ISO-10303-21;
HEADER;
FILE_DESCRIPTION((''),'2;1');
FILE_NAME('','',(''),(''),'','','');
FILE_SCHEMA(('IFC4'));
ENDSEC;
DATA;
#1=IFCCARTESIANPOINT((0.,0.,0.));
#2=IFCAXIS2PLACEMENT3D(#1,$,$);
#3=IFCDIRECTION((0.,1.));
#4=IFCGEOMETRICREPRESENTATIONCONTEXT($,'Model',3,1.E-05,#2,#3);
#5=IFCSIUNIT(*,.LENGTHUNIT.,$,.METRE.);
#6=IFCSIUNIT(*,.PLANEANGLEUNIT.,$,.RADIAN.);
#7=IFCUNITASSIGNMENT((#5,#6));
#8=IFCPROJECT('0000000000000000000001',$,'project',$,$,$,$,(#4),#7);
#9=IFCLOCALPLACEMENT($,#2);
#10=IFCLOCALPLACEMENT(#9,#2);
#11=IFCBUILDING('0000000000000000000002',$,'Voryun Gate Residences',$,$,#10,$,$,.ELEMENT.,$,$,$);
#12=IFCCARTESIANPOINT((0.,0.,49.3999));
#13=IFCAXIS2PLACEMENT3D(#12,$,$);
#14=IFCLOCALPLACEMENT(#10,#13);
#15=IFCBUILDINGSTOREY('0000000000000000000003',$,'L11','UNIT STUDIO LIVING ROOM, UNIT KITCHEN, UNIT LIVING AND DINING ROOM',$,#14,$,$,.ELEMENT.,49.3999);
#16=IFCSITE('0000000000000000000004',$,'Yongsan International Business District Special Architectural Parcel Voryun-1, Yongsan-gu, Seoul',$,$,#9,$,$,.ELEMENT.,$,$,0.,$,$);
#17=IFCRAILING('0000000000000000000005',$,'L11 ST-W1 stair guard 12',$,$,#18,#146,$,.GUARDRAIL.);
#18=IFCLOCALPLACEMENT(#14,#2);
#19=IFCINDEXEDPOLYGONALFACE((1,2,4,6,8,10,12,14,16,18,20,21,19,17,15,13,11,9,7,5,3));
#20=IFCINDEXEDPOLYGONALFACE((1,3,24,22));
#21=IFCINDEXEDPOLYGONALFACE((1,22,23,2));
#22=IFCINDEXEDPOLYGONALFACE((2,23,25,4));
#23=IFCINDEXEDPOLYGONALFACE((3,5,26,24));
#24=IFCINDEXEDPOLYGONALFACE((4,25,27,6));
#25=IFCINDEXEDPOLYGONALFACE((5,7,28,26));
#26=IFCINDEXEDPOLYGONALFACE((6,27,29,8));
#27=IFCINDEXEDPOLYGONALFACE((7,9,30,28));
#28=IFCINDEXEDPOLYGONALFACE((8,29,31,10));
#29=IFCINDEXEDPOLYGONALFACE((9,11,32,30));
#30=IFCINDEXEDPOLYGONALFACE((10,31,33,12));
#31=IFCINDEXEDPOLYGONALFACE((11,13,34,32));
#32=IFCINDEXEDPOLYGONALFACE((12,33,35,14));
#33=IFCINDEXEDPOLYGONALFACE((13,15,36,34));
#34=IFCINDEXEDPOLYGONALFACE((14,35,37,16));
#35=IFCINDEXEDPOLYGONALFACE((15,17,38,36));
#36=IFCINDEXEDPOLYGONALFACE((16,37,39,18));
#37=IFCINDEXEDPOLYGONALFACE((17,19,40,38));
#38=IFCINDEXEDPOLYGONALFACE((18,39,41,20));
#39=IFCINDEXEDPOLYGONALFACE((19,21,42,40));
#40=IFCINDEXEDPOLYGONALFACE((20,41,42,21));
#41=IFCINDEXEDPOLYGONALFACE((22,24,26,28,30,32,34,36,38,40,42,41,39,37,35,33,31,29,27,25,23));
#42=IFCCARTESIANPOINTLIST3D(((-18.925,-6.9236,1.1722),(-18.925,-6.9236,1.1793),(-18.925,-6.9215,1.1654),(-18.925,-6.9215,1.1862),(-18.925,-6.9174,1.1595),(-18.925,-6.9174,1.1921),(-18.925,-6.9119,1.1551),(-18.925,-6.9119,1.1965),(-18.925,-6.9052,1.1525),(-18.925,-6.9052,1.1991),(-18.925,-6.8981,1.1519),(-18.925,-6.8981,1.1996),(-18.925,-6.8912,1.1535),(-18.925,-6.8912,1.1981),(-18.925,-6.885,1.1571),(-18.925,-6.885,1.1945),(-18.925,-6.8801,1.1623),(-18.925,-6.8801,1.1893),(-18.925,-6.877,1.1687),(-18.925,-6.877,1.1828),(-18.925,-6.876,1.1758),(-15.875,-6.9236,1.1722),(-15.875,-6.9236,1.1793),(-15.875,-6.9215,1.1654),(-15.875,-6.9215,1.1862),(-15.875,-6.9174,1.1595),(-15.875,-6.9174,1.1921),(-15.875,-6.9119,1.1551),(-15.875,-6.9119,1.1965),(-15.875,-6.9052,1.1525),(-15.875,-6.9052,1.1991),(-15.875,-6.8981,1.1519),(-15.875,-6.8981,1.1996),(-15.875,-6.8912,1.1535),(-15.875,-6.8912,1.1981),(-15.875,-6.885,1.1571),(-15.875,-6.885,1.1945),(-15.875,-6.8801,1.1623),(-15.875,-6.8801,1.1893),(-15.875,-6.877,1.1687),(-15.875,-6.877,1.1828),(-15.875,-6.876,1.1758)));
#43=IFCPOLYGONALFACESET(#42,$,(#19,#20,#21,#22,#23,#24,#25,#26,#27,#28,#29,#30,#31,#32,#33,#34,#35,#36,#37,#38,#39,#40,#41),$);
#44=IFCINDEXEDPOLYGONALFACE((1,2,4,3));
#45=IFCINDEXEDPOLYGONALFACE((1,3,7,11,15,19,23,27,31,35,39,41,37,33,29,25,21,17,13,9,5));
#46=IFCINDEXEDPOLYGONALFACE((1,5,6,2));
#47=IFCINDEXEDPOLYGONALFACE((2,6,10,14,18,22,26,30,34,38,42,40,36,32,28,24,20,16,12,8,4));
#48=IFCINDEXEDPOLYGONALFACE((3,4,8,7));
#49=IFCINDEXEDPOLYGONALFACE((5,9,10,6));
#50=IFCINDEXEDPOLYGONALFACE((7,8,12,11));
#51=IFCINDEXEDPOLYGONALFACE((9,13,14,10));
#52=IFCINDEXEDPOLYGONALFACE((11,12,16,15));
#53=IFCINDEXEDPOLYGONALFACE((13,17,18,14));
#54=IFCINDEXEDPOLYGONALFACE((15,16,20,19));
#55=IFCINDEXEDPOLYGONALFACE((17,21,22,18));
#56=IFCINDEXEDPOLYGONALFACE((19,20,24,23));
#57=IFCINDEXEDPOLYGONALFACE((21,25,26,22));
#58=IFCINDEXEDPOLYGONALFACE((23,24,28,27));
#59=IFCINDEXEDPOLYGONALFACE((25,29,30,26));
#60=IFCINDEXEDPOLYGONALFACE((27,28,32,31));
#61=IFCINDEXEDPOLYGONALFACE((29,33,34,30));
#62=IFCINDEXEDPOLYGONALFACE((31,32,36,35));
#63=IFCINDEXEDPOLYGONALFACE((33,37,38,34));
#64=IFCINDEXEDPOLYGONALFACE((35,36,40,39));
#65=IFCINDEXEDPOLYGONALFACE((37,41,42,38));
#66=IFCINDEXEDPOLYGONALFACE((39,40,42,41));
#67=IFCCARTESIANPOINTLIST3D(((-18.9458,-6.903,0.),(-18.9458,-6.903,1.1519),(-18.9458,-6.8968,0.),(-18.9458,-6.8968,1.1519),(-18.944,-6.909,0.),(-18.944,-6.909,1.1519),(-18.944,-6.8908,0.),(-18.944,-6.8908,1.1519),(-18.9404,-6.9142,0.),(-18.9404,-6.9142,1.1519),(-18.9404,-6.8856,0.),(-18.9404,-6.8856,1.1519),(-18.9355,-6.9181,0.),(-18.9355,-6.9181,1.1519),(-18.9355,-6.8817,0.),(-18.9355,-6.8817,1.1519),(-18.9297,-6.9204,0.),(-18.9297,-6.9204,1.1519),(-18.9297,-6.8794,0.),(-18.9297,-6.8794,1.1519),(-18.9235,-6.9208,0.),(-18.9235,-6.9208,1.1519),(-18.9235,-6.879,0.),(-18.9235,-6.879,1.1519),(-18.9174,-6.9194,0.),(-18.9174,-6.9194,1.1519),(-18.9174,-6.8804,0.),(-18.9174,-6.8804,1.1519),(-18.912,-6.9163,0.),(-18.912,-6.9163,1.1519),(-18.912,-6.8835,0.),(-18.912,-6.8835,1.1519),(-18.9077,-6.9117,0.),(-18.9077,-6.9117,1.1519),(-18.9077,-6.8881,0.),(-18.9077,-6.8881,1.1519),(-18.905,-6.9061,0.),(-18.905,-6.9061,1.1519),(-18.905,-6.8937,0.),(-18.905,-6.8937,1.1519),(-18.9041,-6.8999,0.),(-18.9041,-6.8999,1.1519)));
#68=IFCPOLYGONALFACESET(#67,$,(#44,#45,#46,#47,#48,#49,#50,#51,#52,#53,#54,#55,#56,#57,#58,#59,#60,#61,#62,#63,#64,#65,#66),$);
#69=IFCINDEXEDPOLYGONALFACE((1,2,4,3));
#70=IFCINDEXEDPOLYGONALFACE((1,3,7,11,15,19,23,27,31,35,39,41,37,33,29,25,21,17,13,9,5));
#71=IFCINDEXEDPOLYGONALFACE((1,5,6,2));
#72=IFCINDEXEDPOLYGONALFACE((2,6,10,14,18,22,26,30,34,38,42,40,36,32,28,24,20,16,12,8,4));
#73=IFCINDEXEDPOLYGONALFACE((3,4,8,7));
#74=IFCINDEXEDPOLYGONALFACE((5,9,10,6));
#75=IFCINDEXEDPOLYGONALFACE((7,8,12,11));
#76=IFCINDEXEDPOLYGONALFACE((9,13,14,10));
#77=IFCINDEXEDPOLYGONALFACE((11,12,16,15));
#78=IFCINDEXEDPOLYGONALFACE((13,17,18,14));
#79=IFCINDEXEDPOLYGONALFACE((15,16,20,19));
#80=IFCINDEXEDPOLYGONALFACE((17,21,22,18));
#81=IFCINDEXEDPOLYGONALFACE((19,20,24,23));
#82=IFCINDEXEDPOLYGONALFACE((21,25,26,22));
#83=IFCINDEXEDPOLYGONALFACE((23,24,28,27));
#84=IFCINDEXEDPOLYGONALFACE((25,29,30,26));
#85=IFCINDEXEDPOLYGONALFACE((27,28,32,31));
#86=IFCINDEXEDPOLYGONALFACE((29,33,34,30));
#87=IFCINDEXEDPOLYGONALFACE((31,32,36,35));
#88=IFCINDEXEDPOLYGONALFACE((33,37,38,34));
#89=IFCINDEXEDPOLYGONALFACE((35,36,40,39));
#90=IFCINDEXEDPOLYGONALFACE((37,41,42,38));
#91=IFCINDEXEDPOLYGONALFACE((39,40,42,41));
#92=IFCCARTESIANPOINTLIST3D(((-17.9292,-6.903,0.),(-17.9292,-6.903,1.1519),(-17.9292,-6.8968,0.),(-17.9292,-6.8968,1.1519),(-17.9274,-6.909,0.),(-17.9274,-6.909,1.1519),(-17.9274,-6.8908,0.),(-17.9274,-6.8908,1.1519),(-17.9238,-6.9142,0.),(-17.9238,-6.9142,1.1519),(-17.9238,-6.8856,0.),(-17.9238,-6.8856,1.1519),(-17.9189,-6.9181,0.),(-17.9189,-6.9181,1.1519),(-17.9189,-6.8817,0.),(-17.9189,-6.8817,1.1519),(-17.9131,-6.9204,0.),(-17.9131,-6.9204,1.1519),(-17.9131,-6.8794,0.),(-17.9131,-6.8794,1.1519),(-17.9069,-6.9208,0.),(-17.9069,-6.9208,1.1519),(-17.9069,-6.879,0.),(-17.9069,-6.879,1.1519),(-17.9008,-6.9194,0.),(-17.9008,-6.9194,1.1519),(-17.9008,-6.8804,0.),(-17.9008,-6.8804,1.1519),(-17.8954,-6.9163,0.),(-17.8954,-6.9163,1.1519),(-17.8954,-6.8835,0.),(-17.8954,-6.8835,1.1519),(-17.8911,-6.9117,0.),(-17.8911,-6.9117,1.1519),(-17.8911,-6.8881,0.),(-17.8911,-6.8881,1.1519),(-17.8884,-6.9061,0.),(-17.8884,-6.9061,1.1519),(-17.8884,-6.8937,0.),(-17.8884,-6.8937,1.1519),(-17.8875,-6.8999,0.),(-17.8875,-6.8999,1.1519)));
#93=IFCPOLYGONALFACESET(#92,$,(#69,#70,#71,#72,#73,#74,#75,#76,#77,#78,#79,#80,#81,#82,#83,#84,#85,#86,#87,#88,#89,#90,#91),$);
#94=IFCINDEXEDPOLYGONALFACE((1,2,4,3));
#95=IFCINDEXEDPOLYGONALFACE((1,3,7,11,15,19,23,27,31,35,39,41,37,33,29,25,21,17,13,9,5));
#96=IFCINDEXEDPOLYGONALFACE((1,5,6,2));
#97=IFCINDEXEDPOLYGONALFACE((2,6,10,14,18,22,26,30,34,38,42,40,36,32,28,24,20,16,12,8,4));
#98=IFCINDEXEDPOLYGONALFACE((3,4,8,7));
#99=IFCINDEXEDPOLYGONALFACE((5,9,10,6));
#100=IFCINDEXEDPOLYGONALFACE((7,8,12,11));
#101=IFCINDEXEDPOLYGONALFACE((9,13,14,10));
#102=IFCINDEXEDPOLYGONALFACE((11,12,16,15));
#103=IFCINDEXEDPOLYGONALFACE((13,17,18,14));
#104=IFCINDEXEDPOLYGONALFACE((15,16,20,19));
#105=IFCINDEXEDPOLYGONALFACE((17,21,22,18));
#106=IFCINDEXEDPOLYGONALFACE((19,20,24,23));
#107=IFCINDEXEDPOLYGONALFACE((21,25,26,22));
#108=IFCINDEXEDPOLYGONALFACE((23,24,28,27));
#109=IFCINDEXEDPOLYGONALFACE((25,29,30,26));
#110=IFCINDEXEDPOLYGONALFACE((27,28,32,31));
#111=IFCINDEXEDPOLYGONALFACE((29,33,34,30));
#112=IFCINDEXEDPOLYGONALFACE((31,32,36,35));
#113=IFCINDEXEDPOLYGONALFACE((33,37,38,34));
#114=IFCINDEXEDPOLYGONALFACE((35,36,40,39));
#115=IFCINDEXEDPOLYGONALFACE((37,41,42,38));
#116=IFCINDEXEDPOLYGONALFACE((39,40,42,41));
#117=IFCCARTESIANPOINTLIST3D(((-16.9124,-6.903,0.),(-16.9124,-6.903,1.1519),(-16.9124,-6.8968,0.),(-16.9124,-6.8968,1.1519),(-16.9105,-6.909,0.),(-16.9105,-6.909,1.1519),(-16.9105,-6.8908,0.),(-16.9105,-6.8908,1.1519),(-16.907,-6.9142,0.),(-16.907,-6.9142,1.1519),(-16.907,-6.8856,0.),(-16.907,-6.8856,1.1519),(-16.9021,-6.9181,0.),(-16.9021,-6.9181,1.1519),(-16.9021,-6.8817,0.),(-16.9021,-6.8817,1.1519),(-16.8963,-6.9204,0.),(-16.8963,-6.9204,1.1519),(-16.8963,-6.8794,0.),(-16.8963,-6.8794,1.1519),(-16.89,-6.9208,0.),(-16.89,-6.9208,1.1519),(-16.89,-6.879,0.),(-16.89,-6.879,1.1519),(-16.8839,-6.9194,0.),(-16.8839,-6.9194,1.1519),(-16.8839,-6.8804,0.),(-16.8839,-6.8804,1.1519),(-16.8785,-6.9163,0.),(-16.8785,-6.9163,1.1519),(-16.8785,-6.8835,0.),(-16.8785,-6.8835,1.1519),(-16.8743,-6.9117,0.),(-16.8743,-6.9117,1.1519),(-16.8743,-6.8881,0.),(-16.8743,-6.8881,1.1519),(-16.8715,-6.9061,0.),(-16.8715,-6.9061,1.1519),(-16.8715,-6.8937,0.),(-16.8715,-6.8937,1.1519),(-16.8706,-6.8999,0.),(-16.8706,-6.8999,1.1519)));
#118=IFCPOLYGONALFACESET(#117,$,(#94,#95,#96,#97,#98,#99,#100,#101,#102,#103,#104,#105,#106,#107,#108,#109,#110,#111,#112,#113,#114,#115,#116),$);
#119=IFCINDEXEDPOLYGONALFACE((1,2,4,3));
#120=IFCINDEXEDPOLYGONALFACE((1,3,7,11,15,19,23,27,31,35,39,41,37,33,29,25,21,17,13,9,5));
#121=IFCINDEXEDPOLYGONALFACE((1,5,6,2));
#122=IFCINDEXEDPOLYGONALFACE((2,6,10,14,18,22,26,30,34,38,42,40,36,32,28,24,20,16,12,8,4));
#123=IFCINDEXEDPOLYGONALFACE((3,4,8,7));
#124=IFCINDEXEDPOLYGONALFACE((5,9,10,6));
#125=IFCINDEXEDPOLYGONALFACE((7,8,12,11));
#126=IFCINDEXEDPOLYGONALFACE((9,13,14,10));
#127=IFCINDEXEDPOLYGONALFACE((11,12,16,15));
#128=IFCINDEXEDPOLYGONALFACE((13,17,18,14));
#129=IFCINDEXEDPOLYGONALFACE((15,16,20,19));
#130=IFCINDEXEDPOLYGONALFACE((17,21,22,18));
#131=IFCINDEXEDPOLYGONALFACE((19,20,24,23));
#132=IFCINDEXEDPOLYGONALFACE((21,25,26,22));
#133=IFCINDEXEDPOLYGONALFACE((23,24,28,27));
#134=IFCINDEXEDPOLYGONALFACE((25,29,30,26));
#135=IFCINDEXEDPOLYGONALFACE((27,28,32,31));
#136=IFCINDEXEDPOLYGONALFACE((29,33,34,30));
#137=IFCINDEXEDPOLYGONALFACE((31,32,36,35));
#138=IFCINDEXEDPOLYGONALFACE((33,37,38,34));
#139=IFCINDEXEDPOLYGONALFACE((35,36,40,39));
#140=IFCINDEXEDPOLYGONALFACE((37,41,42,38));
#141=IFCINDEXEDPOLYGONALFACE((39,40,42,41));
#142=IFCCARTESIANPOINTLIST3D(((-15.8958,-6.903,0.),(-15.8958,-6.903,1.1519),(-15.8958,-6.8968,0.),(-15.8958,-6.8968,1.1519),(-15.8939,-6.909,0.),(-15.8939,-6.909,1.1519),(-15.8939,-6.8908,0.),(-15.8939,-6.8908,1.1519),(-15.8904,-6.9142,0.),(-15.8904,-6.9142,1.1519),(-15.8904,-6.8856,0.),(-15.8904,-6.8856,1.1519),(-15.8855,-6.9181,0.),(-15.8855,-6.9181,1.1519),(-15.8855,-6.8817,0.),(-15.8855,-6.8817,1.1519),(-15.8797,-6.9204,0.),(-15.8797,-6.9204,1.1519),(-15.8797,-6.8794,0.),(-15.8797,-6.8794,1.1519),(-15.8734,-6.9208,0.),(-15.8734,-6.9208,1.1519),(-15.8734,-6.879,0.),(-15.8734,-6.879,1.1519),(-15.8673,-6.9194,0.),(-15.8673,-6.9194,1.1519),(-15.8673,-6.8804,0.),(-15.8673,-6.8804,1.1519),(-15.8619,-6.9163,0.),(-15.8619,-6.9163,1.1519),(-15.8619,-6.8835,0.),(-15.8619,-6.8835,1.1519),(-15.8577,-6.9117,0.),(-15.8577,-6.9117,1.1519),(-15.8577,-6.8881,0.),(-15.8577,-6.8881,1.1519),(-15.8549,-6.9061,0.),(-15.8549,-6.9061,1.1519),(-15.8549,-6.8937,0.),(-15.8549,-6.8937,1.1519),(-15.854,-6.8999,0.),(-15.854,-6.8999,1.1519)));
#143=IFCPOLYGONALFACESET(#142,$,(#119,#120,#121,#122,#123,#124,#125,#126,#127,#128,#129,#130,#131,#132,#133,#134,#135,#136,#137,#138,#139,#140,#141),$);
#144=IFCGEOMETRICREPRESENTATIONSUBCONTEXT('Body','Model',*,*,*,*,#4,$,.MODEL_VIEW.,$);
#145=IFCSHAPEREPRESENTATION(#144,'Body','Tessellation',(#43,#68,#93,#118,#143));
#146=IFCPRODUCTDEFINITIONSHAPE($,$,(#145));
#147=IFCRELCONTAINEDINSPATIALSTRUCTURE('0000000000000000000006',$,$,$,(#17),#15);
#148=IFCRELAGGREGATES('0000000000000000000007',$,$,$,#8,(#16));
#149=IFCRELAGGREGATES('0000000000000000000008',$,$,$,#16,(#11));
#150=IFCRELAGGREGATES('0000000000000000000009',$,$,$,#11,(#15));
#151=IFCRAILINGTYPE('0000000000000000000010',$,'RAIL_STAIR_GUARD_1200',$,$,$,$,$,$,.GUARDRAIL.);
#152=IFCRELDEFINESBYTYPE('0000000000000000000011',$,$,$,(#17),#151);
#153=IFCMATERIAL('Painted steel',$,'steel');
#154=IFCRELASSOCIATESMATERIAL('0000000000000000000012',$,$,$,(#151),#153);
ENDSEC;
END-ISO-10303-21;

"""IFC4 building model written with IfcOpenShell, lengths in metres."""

from ifc_helpers import new_model, si_unit, direction, frame, origin, origin_2d, place, context, subcontext, project, spatial, circle, extrude, material, type_object, element, save


model = new_model("IFC4")

# Units and contexts
model_context = context("Model", 3, precision=1e-05, world=origin(), true_north=direction((0.0, 1.0)))
body_context = subcontext(model_context, "Body", "Model", "MODEL_VIEW")
ifc_project = project(units=[si_unit("LENGTHUNIT", "METRE"), si_unit("PLANEANGLEUNIT", "RADIAN")], contexts=[model_context])

# Site, building, storey
site_placement = place(None, origin())
site = spatial("IfcSite", under=ifc_project, at=site_placement, Name="Yongsan International Business District Special Architectural Parcel Voryun-1, Yongsan-gu, Seoul", CompositionType="ELEMENT", RefElevation=0.0)
building_placement = place(site_placement, origin())
building = spatial("IfcBuilding", under=site, at=building_placement, Name="Voryun Gate Residences", CompositionType="ELEMENT")
storey_placement = place(building_placement, frame((0.0, 0.0, 49.3999)))
storey = spatial("IfcBuildingStorey", under=building, at=storey_placement, Name="L11", Description="UNIT STUDIO LIVING ROOM, UNIT KITCHEN, UNIT LIVING AND DINING ROOM", CompositionType="ELEMENT", Elevation=49.3999)

# Railing
ifc_material_1 = material(Name="Painted steel", Category="steel")
railing_type = type_object("IfcRailingType", Name="RAIL_STAIR_GUARD_1200", PredefinedType="GUARDRAIL", material=ifc_material_1)
railing_1_placement = place(storey_placement, frame((-18.925, -6.8999, 0.0)))
element("IfcRailing", 1, at=railing_1_placement, inside=storey, type_object=railing_type, Name="L11 ST-W1 stair guard 12", PredefinedType="GUARDRAIL", context=body_context, shape_type="SweptSolid", body=[
    extrude(circle(Radius=0.0239, at=origin_2d()), frame((0.0, 0.0, 1.1758), z_axis=(1.0, 0.0, 0.0), x_axis=(0.0, 1.0, 0.0)), (0.0, 0.0, 1.0), 3.05),
    extrude(circle(Radius=0.021, at=origin_2d()), origin(), (0.0, 0.0, 1.0), 1.1519),
    extrude(circle(Radius=0.021, at=origin_2d()), frame((1.0166, 0.0, 0.0)), (0.0, 0.0, 1.0), 1.1519),
    extrude(circle(Radius=0.021, at=origin_2d()), frame((2.0334, 0.0, 0.0)), (0.0, 0.0, 1.0), 1.1519),
    extrude(circle(Radius=0.021, at=origin_2d()), frame((3.05, 0.0, 0.0)), (0.0, 0.0, 1.0), 1.1519),
])

save(model, "model.ifc")
